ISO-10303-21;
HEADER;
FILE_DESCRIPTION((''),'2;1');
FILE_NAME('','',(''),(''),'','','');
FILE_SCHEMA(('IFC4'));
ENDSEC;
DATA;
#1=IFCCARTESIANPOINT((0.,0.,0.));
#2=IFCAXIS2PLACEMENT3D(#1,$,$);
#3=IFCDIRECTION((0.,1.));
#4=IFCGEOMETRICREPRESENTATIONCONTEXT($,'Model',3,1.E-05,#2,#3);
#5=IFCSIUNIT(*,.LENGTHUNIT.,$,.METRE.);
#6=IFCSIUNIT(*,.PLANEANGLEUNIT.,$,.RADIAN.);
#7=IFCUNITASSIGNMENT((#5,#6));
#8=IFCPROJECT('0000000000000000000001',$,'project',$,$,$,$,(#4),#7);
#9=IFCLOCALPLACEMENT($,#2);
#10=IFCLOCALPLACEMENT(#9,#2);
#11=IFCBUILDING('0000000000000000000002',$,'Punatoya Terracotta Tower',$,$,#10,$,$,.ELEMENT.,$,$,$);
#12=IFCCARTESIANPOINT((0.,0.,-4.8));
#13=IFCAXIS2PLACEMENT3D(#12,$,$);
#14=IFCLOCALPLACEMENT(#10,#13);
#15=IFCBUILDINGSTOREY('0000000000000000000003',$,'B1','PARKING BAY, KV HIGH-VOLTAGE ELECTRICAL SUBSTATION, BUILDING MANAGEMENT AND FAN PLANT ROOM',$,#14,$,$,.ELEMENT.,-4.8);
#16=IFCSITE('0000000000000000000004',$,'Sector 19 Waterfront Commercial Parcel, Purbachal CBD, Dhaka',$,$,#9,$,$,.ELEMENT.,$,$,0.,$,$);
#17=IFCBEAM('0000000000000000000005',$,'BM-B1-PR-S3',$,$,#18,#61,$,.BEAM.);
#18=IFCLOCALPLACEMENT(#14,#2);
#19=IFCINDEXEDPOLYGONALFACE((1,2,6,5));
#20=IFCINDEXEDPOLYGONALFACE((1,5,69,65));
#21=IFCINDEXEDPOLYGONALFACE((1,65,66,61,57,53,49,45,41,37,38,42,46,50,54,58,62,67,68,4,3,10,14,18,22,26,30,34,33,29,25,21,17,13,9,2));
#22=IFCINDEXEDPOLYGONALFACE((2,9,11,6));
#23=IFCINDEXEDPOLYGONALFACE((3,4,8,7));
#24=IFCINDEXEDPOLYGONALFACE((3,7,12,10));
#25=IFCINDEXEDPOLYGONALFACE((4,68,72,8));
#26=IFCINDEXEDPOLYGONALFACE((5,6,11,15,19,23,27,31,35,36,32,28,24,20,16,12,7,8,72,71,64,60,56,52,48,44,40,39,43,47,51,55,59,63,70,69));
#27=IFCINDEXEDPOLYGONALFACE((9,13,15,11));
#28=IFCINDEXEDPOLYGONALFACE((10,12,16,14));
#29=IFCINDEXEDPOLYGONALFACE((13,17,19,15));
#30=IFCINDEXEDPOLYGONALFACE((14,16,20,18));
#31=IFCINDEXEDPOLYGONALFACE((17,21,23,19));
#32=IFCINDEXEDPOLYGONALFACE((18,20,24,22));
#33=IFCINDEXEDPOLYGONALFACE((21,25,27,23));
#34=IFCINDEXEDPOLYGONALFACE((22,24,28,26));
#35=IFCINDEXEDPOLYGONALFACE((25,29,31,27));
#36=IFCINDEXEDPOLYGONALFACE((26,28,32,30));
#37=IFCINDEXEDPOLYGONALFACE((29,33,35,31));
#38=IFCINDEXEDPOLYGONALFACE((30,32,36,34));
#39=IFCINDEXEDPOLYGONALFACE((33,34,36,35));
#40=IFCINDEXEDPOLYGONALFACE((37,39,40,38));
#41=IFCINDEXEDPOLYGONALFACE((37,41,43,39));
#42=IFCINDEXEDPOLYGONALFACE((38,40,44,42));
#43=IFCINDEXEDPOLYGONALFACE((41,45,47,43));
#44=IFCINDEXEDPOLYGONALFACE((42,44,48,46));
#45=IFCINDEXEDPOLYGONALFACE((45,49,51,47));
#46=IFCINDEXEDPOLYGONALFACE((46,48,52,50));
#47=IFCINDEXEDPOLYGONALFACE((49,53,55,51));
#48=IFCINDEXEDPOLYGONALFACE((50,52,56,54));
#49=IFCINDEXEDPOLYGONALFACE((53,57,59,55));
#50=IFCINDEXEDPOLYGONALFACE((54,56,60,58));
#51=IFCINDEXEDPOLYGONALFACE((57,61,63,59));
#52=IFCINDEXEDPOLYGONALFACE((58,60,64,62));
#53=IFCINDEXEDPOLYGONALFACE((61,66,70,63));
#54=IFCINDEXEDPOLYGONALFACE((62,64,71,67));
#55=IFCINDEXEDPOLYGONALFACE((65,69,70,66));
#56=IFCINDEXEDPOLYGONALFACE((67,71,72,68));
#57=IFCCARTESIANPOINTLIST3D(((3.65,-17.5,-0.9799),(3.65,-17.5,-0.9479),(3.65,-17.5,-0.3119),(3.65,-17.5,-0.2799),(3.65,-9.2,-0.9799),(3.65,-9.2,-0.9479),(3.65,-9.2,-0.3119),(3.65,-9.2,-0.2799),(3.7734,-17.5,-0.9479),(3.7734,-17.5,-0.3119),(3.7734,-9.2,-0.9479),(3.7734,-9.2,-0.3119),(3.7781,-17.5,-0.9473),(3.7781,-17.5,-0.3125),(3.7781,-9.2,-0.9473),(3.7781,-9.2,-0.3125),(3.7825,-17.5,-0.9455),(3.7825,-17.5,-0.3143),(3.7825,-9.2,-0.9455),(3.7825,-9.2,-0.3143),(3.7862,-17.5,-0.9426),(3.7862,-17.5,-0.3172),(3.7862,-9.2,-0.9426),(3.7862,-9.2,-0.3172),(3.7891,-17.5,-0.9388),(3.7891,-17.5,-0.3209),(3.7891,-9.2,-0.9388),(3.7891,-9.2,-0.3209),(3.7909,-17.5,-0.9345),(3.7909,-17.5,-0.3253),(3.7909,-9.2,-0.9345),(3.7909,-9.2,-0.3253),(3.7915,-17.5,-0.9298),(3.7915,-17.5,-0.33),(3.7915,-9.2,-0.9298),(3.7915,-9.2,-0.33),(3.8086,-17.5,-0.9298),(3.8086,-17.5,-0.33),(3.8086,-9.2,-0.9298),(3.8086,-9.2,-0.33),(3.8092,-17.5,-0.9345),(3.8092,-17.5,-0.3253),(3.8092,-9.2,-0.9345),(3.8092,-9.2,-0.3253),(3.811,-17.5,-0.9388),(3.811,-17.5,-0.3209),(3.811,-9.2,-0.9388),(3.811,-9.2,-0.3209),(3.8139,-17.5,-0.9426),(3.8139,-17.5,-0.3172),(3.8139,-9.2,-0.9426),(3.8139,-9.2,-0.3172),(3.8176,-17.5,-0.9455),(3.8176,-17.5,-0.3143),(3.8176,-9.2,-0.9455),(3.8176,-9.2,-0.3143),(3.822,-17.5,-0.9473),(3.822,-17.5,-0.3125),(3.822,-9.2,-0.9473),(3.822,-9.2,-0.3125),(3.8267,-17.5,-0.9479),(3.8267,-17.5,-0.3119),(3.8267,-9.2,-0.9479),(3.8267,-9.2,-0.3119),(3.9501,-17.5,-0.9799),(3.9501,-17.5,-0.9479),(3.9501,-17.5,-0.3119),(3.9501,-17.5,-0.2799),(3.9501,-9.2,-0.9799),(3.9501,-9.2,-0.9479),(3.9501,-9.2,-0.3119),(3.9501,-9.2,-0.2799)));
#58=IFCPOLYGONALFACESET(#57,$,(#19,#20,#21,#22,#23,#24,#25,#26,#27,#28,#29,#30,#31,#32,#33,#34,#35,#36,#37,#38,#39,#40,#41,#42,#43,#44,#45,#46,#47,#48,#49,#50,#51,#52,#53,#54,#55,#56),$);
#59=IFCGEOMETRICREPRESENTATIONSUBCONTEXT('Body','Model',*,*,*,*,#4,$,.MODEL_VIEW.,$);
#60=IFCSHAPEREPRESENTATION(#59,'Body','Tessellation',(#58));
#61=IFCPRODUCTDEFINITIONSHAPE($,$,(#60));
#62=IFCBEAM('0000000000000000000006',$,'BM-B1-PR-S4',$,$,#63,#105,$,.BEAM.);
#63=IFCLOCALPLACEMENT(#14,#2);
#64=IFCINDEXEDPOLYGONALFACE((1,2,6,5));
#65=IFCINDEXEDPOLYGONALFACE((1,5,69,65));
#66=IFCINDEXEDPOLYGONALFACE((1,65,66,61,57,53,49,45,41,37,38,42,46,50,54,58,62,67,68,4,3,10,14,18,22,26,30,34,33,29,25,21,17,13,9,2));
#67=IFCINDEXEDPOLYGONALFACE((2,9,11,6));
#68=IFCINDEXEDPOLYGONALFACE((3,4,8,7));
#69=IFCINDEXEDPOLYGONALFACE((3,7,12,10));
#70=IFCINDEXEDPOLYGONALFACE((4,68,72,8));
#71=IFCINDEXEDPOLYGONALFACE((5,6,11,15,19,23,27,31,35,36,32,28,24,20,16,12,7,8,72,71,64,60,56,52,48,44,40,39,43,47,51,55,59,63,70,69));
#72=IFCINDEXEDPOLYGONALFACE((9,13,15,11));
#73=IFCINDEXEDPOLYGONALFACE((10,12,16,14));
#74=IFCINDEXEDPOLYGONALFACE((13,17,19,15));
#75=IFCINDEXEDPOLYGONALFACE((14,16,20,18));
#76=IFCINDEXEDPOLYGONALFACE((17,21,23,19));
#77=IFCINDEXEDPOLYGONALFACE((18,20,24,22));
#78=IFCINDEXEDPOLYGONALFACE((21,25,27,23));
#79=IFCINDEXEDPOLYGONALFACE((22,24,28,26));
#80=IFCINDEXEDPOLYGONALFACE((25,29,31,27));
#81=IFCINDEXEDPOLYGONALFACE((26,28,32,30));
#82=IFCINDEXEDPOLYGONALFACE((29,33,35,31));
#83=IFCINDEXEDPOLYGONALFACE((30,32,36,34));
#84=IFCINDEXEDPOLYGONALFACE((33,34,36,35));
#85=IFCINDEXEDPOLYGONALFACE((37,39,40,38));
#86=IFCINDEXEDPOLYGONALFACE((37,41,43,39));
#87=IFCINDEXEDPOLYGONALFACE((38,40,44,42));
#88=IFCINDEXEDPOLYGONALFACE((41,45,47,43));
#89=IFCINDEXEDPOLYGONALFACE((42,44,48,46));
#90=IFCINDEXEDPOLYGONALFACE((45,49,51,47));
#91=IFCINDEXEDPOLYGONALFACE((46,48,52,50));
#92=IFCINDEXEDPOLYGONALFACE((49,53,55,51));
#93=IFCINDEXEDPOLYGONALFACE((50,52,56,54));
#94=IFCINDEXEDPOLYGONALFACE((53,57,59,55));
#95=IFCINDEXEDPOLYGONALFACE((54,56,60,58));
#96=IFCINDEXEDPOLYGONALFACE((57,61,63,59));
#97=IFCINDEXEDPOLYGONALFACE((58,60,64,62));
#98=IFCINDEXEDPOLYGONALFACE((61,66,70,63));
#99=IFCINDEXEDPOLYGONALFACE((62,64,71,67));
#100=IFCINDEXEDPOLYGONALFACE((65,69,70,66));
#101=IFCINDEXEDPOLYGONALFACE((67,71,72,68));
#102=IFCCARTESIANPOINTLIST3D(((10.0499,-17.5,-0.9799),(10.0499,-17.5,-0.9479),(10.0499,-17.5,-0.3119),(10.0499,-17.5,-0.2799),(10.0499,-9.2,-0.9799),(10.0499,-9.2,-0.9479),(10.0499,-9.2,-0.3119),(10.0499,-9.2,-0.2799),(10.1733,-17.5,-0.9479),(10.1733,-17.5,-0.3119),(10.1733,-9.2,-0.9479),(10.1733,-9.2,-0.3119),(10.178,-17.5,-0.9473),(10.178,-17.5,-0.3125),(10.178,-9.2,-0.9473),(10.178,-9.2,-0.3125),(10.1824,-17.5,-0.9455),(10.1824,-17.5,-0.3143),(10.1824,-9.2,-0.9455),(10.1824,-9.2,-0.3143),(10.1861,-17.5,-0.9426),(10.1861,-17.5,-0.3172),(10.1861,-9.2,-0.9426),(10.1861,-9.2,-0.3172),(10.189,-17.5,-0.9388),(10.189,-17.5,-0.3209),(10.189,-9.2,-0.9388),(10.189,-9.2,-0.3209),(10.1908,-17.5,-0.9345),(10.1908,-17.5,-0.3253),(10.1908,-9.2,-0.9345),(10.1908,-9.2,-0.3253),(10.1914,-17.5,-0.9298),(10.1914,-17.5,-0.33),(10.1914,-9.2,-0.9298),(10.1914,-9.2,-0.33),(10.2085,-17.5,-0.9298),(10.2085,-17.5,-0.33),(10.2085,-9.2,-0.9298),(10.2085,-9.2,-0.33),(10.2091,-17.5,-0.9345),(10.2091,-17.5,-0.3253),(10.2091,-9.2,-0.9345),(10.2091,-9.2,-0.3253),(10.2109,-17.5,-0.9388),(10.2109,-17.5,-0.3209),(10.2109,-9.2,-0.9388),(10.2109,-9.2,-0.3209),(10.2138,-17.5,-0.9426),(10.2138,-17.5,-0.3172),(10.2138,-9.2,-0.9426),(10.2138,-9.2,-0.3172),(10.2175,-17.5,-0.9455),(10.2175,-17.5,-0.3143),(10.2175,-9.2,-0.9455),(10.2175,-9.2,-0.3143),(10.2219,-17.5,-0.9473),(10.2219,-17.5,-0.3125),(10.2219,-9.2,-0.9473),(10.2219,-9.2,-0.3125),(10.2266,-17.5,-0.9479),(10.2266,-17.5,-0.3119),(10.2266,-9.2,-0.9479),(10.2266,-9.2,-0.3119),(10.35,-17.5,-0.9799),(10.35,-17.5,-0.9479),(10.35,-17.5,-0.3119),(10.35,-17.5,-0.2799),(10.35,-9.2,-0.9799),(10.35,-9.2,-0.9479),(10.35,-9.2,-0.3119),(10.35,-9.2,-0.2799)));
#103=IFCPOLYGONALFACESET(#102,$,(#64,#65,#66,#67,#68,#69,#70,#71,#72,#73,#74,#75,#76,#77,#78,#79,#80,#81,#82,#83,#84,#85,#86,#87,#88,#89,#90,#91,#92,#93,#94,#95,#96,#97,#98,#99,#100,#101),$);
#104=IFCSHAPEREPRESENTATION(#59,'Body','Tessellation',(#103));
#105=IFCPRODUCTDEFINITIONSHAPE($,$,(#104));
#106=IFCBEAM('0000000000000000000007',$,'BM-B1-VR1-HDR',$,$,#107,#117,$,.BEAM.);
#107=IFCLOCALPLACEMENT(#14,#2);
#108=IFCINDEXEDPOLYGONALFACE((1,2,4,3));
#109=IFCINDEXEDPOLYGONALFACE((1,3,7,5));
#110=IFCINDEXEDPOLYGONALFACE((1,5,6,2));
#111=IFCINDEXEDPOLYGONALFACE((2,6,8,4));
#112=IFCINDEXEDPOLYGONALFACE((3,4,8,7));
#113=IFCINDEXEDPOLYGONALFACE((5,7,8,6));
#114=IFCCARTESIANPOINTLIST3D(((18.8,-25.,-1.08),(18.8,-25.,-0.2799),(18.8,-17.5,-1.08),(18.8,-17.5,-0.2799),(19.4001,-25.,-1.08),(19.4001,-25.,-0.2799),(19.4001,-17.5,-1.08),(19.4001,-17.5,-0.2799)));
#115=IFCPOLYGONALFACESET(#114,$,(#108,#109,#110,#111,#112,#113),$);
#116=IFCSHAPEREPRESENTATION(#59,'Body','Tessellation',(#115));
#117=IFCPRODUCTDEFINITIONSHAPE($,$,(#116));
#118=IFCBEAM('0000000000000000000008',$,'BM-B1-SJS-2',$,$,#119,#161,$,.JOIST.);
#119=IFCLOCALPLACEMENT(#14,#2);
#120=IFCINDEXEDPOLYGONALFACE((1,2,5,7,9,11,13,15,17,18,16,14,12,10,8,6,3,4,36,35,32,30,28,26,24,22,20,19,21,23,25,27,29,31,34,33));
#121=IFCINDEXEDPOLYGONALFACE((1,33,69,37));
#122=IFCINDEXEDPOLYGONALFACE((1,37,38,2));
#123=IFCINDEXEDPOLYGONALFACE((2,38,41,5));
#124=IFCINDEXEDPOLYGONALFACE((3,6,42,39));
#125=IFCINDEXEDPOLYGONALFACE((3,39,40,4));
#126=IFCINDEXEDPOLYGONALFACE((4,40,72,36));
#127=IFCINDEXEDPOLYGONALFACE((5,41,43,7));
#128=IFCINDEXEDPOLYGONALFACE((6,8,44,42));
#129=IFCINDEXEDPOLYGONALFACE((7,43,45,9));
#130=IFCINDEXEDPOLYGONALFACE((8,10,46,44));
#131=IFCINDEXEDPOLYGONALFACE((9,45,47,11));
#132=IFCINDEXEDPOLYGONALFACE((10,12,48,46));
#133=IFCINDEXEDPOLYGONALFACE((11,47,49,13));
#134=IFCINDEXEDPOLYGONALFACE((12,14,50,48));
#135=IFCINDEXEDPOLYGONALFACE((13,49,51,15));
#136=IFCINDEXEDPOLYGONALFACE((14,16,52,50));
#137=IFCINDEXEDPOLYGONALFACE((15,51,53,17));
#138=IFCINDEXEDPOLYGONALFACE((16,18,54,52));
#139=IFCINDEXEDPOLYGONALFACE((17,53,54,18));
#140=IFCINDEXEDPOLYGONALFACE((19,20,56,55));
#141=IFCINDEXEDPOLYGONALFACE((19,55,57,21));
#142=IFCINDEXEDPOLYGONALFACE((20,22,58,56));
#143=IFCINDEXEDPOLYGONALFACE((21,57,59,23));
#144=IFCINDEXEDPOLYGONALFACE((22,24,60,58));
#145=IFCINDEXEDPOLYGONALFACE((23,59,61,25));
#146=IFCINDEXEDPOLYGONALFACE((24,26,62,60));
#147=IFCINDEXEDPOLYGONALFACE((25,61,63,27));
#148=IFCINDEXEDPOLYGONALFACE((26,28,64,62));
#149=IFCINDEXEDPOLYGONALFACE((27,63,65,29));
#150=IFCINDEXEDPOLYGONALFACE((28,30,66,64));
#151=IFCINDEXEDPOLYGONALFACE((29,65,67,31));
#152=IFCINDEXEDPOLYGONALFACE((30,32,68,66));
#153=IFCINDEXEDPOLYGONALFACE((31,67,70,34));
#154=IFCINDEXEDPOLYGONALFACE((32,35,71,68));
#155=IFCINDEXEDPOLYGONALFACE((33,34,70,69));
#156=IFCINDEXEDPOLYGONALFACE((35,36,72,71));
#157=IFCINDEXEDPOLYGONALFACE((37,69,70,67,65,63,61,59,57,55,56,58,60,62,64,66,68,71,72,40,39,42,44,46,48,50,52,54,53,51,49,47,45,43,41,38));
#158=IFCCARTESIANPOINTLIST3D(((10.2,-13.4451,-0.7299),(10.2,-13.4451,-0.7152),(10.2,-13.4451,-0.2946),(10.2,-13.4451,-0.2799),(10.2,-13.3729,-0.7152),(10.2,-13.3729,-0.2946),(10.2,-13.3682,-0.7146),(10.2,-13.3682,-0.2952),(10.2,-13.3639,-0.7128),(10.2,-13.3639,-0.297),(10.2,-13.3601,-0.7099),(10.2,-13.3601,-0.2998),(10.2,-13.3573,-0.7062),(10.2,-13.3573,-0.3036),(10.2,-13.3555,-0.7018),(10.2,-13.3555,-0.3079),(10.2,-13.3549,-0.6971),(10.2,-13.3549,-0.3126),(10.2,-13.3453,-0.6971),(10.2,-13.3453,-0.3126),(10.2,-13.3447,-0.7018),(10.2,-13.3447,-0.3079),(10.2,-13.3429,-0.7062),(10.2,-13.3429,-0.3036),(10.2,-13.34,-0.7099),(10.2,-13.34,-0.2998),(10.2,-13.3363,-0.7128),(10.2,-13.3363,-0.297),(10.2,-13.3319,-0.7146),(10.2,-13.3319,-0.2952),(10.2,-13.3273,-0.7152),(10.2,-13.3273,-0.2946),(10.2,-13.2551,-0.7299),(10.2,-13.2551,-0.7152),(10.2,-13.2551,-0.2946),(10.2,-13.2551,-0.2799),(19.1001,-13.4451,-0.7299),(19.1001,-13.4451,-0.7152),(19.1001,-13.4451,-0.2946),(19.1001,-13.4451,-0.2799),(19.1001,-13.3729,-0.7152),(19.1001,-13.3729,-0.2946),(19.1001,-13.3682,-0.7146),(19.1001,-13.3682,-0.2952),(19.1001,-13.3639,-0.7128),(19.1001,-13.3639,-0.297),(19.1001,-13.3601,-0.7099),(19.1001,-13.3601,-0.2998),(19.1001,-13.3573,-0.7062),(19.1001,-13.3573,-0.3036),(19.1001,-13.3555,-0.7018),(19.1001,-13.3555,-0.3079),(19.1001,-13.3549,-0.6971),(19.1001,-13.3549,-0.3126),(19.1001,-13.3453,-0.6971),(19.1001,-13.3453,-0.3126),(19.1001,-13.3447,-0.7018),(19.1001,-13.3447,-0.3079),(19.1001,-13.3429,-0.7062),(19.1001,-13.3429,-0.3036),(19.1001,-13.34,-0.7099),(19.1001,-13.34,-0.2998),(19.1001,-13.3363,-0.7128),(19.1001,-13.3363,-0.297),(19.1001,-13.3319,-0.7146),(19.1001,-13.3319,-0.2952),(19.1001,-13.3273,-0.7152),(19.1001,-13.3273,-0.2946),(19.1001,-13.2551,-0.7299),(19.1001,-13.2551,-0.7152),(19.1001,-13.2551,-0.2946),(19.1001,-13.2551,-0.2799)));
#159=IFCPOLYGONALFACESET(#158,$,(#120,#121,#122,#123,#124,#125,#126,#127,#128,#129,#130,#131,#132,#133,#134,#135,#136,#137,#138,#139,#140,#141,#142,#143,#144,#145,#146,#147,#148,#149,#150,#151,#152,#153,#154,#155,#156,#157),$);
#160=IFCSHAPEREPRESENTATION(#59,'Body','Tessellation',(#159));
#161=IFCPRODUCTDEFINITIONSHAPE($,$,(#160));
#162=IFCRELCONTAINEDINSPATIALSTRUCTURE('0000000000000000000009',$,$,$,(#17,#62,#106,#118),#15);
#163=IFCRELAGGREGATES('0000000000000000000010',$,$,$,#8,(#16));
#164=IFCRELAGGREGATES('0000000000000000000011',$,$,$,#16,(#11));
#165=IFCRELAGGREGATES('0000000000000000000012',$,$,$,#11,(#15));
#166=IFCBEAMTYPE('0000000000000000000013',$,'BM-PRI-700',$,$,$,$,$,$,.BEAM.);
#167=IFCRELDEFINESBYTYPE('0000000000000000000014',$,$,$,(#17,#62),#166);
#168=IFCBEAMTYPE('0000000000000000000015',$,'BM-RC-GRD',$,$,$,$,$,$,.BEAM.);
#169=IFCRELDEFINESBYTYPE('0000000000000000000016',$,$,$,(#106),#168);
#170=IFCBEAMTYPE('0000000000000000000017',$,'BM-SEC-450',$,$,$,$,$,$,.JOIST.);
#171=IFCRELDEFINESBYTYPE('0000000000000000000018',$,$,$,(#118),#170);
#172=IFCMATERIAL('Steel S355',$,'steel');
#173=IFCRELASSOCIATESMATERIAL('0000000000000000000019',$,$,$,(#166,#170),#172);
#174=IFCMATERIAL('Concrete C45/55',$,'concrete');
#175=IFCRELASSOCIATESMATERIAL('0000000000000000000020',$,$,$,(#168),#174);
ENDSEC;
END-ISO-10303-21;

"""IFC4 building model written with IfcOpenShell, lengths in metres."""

from ifc_helpers import new_model, si_unit, direction, frame, origin, origin_2d, place, context, subcontext, project, spatial, rectangle, i_section, extrude, material, material_profile, profile_set, type_object, element, save


model = new_model("IFC4")

# Units and contexts
model_context = context("Model", 3, precision=1e-05, world=origin(), true_north=direction((0.0, 1.0)))
body_context = subcontext(model_context, "Body", "Model", "MODEL_VIEW")
ifc_project = project(units=[si_unit("LENGTHUNIT", "METRE"), si_unit("PLANEANGLEUNIT", "RADIAN")], contexts=[model_context])

# Site, building, storey
site_placement = place(None, origin())
site = spatial("IfcSite", under=ifc_project, at=site_placement, Name="Sector 19 Waterfront Commercial Parcel, Purbachal CBD, Dhaka", CompositionType="ELEMENT", RefElevation=0.0)
building_placement = place(site_placement, origin())
building = spatial("IfcBuilding", under=site, at=building_placement, Name="Punatoya Terracotta Tower", CompositionType="ELEMENT")
storey_placement = place(building_placement, frame((0.0, 0.0, -4.8)))
storey = spatial("IfcBuildingStorey", under=building, at=storey_placement, Name="B1", Description="PARKING BAY, KV HIGH-VOLTAGE ELECTRICAL SUBSTATION, BUILDING MANAGEMENT AND FAN PLANT ROOM", CompositionType="ELEMENT", Elevation=-4.8)

# Beams
ifc_material_1 = material(Name="Steel S355", Category="steel")
ifc_material_profile_1 = material_profile(ifc_material_1, i_section(OverallWidth=0.3, OverallDepth=0.7, WebThickness=0.0171, FlangeThickness=0.032, FilletRadius=0.0181, at=origin_2d()))
ifc_profile_set_1 = profile_set([ifc_material_profile_1], Name="Steel S355")
beam_type_1 = type_object("IfcBeamType", Name="BM-PRI-700", PredefinedType="BEAM", material=ifc_profile_set_1)
for number, where, z_axis, x_axis, name in (
    (1, (3.8, -17.5, -0.6299), (0.0, 1.0, 0.0), (-1.0, 0.0, 0.0), "BM-B1-PR-S3"),
    (2, (10.2, -17.5, -0.6299), (0.0, 1.0, 0.0), (-1.0, 0.0, 0.0), "BM-B1-PR-S4"),
):
    element("IfcBeam", number, at=place(storey_placement, frame(where, z_axis=z_axis, x_axis=x_axis)), inside=storey, type_object=beam_type_1, Name=name, PredefinedType="BEAM", context=body_context, shape_type="SweptSolid", body=[
        extrude(i_section(OverallWidth=0.3, OverallDepth=0.7, WebThickness=0.0171, FlangeThickness=0.032, FilletRadius=0.0181, at=origin_2d()), origin(), (0.0, 0.0, 1.0), 8.3),
    ])
ifc_material_2 = material(Name="Concrete C45/55", Category="concrete")
ifc_material_profile_2 = material_profile(ifc_material_2, rectangle(XDim=0.6001, YDim=0.8, at=origin_2d()))
ifc_profile_set_2 = profile_set([ifc_material_profile_2], Name="Concrete C45/55")
beam_type_2 = type_object("IfcBeamType", Name="BM-RC-GRD", PredefinedType="BEAM", material=ifc_profile_set_2)
beam_1_placement = place(storey_placement, frame((19.1001, -25.0, -0.6799), z_axis=(0.0, 1.0, 0.0), x_axis=(-1.0, 0.0, 0.0)))
element("IfcBeam", 3, at=beam_1_placement, inside=storey, type_object=beam_type_2, Name="BM-B1-VR1-HDR", PredefinedType="BEAM", context=body_context, shape_type="SweptSolid", body=[
    extrude(rectangle(XDim=0.6001, YDim=0.8, at=origin_2d()), origin(), (0.0, 0.0, 1.0), 7.5),
])
ifc_material_profile_3 = material_profile(ifc_material_1, i_section(OverallWidth=0.1899, OverallDepth=0.45, WebThickness=0.0095, FlangeThickness=0.0146, FilletRadius=0.0181, at=origin_2d()))
ifc_profile_set_3 = profile_set([ifc_material_profile_3], Name="Steel S355")
beam_type_3 = type_object("IfcBeamType", Name="BM-SEC-450", PredefinedType="JOIST", material=ifc_profile_set_3)
beam_2_placement = place(storey_placement, frame((10.2, -13.3501, -0.5049), z_axis=(1.0, 0.0, 0.0), x_axis=(0.0, 1.0, 0.0)))
element("IfcBeam", 4, at=beam_2_placement, inside=storey, type_object=beam_type_3, Name="BM-B1-SJS-2", PredefinedType="JOIST", context=body_context, shape_type="SweptSolid", body=[
    extrude(i_section(OverallWidth=0.1899, OverallDepth=0.45, WebThickness=0.0095, FlangeThickness=0.0146, FilletRadius=0.0181, at=origin_2d()), origin(), (0.0, 0.0, 1.0), 8.9001),
])

save(model, "model.ifc")
